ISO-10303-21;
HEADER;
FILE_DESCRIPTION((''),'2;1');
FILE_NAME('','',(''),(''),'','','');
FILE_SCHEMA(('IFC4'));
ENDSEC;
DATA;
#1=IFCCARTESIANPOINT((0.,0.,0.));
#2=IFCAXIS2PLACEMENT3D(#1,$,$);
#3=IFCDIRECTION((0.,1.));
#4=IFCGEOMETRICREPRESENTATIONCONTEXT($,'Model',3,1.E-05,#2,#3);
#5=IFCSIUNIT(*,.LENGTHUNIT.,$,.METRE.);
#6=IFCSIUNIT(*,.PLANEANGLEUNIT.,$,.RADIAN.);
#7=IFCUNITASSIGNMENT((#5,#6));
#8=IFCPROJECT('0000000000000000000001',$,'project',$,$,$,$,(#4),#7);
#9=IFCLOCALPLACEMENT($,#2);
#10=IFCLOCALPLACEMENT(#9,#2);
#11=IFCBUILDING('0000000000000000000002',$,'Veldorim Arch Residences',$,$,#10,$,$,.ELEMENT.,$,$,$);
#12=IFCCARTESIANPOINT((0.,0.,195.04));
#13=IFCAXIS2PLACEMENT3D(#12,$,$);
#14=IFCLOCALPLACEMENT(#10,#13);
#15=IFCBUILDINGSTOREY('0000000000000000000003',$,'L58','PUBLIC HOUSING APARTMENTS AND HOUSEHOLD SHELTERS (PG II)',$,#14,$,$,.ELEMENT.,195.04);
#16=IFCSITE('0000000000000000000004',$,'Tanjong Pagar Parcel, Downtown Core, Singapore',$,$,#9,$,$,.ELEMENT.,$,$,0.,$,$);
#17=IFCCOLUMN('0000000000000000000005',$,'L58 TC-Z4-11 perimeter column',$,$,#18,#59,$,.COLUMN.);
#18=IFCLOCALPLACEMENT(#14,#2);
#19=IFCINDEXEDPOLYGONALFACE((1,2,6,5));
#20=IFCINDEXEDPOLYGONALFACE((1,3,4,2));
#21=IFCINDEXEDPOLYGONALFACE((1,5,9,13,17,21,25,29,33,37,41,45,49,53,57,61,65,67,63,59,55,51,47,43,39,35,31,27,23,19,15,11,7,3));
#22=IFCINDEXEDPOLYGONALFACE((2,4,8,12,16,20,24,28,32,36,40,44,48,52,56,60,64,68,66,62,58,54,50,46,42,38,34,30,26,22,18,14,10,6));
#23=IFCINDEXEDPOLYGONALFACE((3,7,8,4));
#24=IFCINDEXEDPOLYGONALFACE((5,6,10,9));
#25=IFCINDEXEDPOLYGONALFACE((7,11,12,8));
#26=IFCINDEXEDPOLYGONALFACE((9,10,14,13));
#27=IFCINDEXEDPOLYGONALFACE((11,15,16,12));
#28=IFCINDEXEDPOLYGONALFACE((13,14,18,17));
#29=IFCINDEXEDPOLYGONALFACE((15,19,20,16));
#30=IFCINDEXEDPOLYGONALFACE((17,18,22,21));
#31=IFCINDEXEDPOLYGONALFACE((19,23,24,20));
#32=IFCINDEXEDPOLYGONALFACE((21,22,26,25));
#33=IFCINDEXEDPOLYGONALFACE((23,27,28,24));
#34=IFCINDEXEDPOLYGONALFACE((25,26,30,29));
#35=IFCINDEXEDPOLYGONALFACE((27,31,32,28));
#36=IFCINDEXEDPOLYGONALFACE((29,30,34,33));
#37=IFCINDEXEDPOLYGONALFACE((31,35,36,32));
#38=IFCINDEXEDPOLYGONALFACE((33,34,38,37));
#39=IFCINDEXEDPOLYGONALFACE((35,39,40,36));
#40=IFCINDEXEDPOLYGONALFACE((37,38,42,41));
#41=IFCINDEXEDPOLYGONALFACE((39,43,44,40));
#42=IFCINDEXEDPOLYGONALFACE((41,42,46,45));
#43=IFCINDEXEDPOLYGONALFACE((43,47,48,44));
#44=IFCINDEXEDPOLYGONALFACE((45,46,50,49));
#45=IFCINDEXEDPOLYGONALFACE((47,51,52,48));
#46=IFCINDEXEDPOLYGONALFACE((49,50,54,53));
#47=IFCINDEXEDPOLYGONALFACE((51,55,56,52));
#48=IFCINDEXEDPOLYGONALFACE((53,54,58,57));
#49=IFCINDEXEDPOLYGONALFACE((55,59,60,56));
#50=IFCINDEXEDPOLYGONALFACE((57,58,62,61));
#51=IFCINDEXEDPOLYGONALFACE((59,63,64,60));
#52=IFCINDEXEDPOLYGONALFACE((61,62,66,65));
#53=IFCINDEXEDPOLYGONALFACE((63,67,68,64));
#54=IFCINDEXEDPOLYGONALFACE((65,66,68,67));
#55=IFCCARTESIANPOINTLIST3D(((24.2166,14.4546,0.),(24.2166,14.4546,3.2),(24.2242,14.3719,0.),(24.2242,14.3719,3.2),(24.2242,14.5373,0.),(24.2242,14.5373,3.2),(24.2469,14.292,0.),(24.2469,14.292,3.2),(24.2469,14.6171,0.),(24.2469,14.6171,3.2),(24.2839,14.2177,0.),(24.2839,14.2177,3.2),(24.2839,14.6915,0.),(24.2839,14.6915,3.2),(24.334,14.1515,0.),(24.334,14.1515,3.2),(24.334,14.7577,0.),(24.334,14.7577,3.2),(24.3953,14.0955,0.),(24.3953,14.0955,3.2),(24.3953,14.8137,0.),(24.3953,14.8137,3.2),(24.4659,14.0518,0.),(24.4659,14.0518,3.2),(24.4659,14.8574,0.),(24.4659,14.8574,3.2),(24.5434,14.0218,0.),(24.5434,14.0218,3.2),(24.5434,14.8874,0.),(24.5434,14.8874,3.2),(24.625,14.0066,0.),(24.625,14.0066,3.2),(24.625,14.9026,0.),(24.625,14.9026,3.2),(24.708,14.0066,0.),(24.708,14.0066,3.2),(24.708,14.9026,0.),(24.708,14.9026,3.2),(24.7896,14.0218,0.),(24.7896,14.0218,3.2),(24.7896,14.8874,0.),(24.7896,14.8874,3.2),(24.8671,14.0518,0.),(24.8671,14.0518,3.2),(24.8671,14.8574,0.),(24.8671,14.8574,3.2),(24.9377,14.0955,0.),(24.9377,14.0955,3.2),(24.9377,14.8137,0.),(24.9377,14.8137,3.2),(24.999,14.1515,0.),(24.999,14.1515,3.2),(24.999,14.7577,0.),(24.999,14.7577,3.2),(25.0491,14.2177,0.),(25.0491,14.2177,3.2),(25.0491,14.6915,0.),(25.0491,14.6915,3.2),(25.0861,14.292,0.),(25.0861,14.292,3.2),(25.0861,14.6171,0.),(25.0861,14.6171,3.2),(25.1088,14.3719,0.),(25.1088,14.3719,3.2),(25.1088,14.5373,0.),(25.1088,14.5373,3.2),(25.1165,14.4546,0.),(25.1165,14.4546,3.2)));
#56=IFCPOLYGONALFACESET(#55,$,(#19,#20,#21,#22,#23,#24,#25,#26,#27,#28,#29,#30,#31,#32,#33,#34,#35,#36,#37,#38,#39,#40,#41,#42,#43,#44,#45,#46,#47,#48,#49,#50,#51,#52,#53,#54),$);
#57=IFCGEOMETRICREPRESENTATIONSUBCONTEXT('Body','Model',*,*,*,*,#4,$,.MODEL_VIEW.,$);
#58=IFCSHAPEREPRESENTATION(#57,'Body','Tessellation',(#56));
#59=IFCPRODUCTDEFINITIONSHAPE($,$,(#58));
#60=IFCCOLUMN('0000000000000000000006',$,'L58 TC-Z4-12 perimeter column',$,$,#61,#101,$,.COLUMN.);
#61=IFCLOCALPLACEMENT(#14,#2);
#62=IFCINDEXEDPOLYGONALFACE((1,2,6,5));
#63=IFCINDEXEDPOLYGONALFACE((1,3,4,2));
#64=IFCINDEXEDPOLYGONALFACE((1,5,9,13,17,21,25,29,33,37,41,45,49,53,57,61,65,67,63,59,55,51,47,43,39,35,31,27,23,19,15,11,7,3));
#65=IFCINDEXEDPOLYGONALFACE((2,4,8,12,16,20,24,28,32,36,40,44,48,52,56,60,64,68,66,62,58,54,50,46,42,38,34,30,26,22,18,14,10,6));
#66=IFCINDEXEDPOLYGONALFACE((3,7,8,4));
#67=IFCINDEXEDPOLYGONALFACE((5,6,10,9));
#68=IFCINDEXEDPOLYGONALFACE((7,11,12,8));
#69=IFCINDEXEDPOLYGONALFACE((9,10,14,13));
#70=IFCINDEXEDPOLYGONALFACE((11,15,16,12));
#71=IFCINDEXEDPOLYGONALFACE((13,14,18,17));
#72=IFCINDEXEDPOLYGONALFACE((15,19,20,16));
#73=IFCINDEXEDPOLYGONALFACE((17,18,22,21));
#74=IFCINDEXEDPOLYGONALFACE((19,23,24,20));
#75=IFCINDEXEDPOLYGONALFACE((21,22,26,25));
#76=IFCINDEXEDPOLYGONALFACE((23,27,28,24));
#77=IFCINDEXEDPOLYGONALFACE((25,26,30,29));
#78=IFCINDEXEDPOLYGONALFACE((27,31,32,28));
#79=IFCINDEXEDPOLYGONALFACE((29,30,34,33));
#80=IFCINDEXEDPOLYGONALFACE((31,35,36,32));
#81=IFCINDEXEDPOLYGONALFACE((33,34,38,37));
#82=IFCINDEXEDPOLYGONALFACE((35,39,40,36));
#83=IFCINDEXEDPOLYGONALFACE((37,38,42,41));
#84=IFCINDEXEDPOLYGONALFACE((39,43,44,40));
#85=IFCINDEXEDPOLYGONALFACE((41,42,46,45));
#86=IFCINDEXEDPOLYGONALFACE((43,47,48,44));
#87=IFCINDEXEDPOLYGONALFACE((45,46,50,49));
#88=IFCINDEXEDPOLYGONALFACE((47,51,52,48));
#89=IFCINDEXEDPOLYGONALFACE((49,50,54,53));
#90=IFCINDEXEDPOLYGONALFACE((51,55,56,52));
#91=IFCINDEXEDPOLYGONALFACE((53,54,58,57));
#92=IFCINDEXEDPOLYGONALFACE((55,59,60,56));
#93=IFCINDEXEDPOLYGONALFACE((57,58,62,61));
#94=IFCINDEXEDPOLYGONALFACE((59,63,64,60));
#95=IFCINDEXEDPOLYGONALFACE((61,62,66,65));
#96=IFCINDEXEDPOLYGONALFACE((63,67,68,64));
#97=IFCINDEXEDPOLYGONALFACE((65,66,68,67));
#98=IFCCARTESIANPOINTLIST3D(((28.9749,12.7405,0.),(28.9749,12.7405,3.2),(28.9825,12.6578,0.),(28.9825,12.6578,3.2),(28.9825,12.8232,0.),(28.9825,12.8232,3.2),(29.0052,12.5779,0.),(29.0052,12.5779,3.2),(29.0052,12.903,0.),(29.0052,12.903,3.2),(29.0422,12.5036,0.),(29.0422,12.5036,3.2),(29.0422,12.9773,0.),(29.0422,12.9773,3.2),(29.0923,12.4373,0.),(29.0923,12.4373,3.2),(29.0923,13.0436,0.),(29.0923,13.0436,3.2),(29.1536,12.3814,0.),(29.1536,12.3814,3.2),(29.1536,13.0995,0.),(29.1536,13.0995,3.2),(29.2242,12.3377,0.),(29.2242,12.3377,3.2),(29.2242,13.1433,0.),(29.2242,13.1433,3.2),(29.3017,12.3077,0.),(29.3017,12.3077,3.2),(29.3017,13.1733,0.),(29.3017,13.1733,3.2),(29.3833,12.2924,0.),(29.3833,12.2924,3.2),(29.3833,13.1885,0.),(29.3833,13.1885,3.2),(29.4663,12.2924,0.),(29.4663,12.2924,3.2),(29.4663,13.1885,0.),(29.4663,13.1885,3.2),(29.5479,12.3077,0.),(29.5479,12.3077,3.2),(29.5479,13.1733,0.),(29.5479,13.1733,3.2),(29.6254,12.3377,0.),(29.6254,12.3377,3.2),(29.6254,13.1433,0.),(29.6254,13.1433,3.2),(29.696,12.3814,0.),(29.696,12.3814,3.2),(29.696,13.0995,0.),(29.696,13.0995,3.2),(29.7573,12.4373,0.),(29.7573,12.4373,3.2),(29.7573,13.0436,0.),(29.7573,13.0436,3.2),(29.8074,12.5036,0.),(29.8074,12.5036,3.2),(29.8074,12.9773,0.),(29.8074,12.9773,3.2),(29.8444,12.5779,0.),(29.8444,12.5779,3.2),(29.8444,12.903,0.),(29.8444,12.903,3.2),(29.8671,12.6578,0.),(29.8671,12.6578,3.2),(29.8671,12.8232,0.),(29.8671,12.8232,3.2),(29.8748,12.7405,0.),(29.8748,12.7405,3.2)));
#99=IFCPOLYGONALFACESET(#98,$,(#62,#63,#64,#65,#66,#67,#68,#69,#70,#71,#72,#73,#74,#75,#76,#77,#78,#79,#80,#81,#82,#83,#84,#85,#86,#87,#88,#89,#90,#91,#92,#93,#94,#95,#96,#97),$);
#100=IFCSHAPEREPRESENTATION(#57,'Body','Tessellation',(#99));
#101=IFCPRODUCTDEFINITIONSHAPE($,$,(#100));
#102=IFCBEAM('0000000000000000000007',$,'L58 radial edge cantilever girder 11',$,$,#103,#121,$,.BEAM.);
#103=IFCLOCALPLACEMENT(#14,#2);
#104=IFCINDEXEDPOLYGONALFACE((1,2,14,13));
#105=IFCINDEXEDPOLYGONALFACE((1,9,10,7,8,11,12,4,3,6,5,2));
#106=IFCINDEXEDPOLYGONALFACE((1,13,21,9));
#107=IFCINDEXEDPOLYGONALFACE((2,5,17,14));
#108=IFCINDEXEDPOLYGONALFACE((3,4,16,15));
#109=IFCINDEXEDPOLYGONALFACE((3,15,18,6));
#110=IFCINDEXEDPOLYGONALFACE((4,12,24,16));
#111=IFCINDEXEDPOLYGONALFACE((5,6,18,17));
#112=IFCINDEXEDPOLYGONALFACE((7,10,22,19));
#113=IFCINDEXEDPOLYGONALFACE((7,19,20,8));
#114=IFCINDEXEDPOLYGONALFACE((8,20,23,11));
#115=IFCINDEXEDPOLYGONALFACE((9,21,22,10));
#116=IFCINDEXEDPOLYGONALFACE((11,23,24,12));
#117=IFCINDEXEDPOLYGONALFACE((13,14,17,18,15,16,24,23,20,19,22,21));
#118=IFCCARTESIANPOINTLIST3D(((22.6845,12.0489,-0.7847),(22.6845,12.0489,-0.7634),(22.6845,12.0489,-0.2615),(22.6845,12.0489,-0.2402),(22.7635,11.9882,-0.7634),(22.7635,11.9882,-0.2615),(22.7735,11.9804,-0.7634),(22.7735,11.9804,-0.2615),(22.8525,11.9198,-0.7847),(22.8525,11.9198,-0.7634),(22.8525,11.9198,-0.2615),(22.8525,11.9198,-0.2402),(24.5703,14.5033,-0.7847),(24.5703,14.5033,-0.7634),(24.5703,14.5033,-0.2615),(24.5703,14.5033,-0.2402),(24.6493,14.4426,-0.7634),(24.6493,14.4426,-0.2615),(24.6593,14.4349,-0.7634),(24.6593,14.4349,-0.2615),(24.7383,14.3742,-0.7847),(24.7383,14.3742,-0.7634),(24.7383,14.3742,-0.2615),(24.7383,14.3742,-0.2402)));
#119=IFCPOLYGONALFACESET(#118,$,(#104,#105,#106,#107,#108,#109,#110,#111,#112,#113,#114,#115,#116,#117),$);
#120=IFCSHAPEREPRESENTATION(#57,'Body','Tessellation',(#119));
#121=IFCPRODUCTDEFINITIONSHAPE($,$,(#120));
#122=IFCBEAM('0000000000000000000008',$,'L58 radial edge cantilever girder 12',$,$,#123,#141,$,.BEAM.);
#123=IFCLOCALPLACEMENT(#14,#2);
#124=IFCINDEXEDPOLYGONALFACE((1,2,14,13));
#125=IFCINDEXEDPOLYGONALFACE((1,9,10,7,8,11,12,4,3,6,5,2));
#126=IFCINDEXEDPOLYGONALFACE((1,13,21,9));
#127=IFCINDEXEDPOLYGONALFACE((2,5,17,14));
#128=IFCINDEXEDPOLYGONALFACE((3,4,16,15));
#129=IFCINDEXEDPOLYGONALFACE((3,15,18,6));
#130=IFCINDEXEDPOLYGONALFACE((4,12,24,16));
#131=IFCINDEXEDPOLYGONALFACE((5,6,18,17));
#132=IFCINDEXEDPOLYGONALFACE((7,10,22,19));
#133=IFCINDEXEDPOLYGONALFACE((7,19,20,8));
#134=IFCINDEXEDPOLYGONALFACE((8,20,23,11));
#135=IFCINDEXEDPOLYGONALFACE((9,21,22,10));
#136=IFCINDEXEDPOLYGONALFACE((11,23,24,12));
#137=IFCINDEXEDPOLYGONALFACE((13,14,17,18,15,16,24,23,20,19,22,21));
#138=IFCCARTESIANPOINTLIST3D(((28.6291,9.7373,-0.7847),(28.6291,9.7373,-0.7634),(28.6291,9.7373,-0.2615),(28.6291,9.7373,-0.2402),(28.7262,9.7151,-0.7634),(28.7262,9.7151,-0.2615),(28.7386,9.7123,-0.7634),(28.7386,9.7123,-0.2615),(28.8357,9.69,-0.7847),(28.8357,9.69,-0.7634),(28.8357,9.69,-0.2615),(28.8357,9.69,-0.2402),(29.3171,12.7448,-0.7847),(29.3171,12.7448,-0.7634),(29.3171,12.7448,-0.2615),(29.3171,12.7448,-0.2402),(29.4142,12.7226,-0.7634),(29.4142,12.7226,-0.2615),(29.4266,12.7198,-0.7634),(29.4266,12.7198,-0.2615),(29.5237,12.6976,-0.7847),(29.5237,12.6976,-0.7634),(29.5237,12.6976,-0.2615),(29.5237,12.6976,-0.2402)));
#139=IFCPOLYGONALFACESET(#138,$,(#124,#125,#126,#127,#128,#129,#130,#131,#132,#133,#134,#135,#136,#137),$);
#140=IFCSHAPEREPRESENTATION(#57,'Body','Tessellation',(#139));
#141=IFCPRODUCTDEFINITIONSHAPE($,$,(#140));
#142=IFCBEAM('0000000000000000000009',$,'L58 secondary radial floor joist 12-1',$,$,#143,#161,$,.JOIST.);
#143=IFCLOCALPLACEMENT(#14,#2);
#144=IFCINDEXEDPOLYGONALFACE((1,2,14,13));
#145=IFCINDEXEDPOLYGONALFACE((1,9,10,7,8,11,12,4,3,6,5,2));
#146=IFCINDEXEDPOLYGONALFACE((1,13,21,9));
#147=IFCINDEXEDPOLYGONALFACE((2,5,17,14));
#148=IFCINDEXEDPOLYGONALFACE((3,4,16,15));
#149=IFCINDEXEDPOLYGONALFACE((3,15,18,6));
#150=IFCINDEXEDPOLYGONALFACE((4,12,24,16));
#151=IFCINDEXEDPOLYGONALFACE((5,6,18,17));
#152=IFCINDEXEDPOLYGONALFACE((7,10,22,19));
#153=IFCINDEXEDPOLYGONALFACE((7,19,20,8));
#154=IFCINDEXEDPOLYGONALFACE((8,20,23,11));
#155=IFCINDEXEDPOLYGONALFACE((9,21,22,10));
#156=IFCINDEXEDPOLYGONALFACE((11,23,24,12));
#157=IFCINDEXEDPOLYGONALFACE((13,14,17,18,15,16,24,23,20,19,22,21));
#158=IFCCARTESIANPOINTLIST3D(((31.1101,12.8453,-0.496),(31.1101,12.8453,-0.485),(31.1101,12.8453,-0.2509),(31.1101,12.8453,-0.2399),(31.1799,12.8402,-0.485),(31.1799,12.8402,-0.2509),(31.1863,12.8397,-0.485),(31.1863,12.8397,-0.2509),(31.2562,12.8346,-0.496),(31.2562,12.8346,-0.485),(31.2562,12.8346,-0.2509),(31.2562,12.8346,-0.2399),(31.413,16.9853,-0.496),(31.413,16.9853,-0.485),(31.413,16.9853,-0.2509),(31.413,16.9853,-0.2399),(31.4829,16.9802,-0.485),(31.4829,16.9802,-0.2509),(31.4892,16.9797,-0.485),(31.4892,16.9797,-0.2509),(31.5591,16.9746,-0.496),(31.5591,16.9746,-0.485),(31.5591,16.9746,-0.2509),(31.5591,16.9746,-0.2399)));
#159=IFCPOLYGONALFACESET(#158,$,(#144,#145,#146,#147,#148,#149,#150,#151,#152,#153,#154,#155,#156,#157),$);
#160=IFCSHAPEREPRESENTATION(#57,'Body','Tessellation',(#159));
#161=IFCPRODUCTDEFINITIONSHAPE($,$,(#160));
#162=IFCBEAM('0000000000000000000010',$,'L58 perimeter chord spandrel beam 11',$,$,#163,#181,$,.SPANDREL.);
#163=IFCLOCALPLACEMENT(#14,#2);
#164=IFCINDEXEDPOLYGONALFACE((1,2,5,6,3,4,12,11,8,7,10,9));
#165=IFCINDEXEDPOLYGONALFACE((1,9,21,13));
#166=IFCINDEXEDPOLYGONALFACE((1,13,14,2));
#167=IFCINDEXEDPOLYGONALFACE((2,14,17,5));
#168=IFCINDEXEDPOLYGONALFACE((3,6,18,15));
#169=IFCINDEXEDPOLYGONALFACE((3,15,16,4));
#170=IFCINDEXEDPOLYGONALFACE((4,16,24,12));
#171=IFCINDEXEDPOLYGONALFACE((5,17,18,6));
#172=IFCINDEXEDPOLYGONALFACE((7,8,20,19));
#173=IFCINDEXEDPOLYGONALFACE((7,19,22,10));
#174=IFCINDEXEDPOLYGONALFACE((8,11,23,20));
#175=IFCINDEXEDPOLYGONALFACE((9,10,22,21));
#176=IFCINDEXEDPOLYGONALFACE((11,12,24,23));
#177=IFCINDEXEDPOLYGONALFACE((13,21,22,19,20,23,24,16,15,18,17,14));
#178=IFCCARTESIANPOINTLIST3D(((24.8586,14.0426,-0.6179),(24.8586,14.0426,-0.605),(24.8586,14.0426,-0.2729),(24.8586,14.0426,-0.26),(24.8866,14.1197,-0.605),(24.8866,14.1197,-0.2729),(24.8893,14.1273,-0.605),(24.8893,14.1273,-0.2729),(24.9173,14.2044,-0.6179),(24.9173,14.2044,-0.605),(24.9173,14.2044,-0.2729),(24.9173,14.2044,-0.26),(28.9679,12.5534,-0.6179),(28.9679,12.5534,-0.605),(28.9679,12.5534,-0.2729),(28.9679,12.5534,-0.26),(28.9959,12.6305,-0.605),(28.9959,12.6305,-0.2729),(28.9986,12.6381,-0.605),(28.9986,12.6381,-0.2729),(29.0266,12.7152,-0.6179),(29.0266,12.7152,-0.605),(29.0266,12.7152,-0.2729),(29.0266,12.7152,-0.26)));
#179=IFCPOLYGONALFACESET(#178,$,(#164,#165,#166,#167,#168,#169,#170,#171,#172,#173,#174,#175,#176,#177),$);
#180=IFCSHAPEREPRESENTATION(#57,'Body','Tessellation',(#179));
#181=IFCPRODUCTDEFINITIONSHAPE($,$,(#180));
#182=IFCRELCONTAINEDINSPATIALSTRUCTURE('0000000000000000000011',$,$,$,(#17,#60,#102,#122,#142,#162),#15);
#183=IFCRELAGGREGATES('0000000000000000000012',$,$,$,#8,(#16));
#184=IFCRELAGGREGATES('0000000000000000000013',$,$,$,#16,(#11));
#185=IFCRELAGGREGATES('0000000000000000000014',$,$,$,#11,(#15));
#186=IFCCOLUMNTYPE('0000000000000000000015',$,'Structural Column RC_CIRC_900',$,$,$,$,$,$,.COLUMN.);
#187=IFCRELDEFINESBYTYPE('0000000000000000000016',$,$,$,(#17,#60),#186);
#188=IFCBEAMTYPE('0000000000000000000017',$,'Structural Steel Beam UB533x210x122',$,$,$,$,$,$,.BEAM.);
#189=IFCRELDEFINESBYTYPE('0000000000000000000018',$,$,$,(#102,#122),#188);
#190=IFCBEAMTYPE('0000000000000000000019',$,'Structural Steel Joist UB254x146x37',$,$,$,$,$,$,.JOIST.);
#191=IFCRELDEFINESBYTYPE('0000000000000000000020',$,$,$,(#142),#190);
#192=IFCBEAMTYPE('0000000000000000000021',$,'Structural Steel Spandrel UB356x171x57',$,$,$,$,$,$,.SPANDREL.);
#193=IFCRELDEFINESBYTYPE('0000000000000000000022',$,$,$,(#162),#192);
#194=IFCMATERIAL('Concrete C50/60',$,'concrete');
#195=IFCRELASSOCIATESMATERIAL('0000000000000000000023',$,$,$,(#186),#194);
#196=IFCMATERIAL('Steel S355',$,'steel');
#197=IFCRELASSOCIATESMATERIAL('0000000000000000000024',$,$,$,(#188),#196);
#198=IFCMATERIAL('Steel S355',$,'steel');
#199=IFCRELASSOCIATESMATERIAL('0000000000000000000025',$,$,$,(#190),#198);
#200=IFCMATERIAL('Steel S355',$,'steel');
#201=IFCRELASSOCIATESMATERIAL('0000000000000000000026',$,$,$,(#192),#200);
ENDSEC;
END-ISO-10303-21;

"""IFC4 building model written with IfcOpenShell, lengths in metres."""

from ifc_helpers import new_model, si_unit, direction, frame, origin, origin_2d, place, context, subcontext, project, spatial, circle, i_section, extrude, material, material_profile, profile_set, type_object, element, save


model = new_model("IFC4")

# Units and contexts
model_context = context("Model", 3, precision=1e-05, world=origin(), true_north=direction((0.0, 1.0)))
body_context = subcontext(model_context, "Body", "Model", "MODEL_VIEW")
ifc_project = project(units=[si_unit("LENGTHUNIT", "METRE"), si_unit("PLANEANGLEUNIT", "RADIAN")], contexts=[model_context])

# Site, building, storey
site_placement = place(None, origin())
site = spatial("IfcSite", under=ifc_project, at=site_placement, Name="Tanjong Pagar Parcel, Downtown Core, Singapore", CompositionType="ELEMENT", RefElevation=0.0)
building_placement = place(site_placement, origin())
building = spatial("IfcBuilding", under=site, at=building_placement, Name="Veldorim Arch Residences", CompositionType="ELEMENT")
storey_placement = place(building_placement, frame((0.0, 0.0, 195.04)))
storey = spatial("IfcBuildingStorey", under=building, at=storey_placement, Name="L58", Description="PUBLIC HOUSING APARTMENTS AND HOUSEHOLD SHELTERS (PG II)", CompositionType="ELEMENT", Elevation=195.04)

# Columns
ifc_material_1 = material(Name="Concrete C50/60", Category="concrete")
ifc_material_profile_1 = material_profile(ifc_material_1, circle(Radius=0.45, at=origin_2d()), Name="RC_CIRC_900")
ifc_profile_set_1 = profile_set([ifc_material_profile_1], Name="Concrete C50/60")
column_type = type_object("IfcColumnType", Name="Structural Column RC_CIRC_900", PredefinedType="COLUMN", material=ifc_profile_set_1)
for number, where, z_axis, x_axis, name in (
    (1, (24.6665, 14.4546, 0.0), (0.0, 0.0, 1.0), (1.0, 0.0, 0.0), "L58 TC-Z4-11 perimeter column"),
    (2, (29.4248, 12.7405, 0.0), (0.0, 0.0, 1.0), (1.0, 0.0, 0.0), "L58 TC-Z4-12 perimeter column"),
):
    element("IfcColumn", number, at=place(storey_placement, frame(where, z_axis=z_axis, x_axis=x_axis)), inside=storey, type_object=column_type, Name=name, PredefinedType="COLUMN", context=body_context, shape_type="SweptSolid", body=[
        extrude(circle(Radius=0.45, at=origin_2d()), origin(), (0.0, 0.0, 1.0), 3.2),
    ])

# Beams
ifc_material_2 = material(Name="Steel S355", Category="steel")
ifc_material_profile_2 = material_profile(ifc_material_2, i_section(OverallWidth=0.2119, OverallDepth=0.5444, WebThickness=0.0127, FlangeThickness=0.0212, at=origin_2d()), Name="UB533x210x122")
ifc_profile_set_2 = profile_set([ifc_material_profile_2], Name="Steel S355")
beam_type_1 = type_object("IfcBeamType", Name="Structural Steel Beam UB533x210x122", PredefinedType="BEAM", material=ifc_profile_set_2)
beam_1_placement = place(storey_placement, frame((24.6543, 14.4387, -0.5125), z_axis=(-0.609261, -0.79297, 0.0), x_axis=(0.79297, -0.609261, 0.0)))
element("IfcBeam", 3, at=beam_1_placement, inside=storey, type_object=beam_type_1, Name="L58 radial edge cantilever girder 11", PredefinedType="BEAM", context=body_context, shape_type="SweptSolid", body=[
    extrude(i_section(OverallWidth=0.2119, OverallDepth=0.5444, WebThickness=0.0127, FlangeThickness=0.0212, at=origin_2d()), origin(), (0.0, 0.0, 1.0), 3.0952),
])
beam_2_placement = place(storey_placement, frame((29.4204, 12.7212, -0.5125), z_axis=(-0.222992, -0.97482, 0.0), x_axis=(0.97482, -0.222992, 0.0)))
element("IfcBeam", 4, at=beam_2_placement, inside=storey, type_object=beam_type_1, Name="L58 radial edge cantilever girder 12", PredefinedType="BEAM", context=body_context, shape_type="SweptSolid", body=[
    extrude(i_section(OverallWidth=0.2119, OverallDepth=0.5444, WebThickness=0.0127, FlangeThickness=0.0212, at=origin_2d()), origin(), (0.0, 0.0, 1.0), 3.0852),
])
ifc_material_3 = material(Name="Steel S355", Category="steel")
ifc_material_profile_3 = material_profile(ifc_material_3, i_section(OverallWidth=0.1465, OverallDepth=0.2561, WebThickness=0.0063, FlangeThickness=0.011, at=origin_2d()), Name="UB254x146x37")
ifc_profile_set_3 = profile_set([ifc_material_profile_3], Name="Steel S355")
beam_type_2 = type_object("IfcBeamType", Name="Structural Steel Joist UB254x146x37", PredefinedType="JOIST", material=ifc_profile_set_3)
beam_3_placement = place(storey_placement, frame((31.4861, 16.98, -0.3679), z_axis=(-0.072986, -0.997333, 0.0), x_axis=(0.997333, -0.072986, 0.0)))
element("IfcBeam", 5, at=beam_3_placement, inside=storey, type_object=beam_type_2, Name="L58 secondary radial floor joist 12-1", PredefinedType="JOIST", context=body_context, shape_type="SweptSolid", body=[
    extrude(i_section(OverallWidth=0.1465, OverallDepth=0.2561, WebThickness=0.0063, FlangeThickness=0.011, at=origin_2d()), origin(), (0.0, 0.0, 1.0), 4.1511),
])
ifc_material_4 = material(Name="Steel S355", Category="steel")
ifc_material_profile_4 = material_profile(ifc_material_4, i_section(OverallWidth=0.1721, OverallDepth=0.3579, WebThickness=0.0081, FlangeThickness=0.0129, at=origin_2d()), Name="UB356x171x57")
ifc_profile_set_4 = profile_set([ifc_material_profile_4], Name="Steel S355")
beam_type_3 = type_object("IfcBeamType", Name="Structural Steel Spandrel UB356x171x57", PredefinedType="SPANDREL", material=ifc_profile_set_4)
beam_4_placement = place(storey_placement, frame((24.8879, 14.1235, -0.439), z_axis=(0.940165, -0.34072, 0.0), x_axis=(0.34072, 0.940165, 0.0)))
element("IfcBeam", 6, at=beam_4_placement, inside=storey, type_object=beam_type_3, Name="L58 perimeter chord spandrel beam 11", PredefinedType="SPANDREL", context=body_context, shape_type="SweptSolid", body=[
    extrude(i_section(OverallWidth=0.1721, OverallDepth=0.3579, WebThickness=0.0081, FlangeThickness=0.0129, at=origin_2d()), origin(), (0.0, 0.0, 1.0), 4.3708),
])

save(model, "model.ifc")
